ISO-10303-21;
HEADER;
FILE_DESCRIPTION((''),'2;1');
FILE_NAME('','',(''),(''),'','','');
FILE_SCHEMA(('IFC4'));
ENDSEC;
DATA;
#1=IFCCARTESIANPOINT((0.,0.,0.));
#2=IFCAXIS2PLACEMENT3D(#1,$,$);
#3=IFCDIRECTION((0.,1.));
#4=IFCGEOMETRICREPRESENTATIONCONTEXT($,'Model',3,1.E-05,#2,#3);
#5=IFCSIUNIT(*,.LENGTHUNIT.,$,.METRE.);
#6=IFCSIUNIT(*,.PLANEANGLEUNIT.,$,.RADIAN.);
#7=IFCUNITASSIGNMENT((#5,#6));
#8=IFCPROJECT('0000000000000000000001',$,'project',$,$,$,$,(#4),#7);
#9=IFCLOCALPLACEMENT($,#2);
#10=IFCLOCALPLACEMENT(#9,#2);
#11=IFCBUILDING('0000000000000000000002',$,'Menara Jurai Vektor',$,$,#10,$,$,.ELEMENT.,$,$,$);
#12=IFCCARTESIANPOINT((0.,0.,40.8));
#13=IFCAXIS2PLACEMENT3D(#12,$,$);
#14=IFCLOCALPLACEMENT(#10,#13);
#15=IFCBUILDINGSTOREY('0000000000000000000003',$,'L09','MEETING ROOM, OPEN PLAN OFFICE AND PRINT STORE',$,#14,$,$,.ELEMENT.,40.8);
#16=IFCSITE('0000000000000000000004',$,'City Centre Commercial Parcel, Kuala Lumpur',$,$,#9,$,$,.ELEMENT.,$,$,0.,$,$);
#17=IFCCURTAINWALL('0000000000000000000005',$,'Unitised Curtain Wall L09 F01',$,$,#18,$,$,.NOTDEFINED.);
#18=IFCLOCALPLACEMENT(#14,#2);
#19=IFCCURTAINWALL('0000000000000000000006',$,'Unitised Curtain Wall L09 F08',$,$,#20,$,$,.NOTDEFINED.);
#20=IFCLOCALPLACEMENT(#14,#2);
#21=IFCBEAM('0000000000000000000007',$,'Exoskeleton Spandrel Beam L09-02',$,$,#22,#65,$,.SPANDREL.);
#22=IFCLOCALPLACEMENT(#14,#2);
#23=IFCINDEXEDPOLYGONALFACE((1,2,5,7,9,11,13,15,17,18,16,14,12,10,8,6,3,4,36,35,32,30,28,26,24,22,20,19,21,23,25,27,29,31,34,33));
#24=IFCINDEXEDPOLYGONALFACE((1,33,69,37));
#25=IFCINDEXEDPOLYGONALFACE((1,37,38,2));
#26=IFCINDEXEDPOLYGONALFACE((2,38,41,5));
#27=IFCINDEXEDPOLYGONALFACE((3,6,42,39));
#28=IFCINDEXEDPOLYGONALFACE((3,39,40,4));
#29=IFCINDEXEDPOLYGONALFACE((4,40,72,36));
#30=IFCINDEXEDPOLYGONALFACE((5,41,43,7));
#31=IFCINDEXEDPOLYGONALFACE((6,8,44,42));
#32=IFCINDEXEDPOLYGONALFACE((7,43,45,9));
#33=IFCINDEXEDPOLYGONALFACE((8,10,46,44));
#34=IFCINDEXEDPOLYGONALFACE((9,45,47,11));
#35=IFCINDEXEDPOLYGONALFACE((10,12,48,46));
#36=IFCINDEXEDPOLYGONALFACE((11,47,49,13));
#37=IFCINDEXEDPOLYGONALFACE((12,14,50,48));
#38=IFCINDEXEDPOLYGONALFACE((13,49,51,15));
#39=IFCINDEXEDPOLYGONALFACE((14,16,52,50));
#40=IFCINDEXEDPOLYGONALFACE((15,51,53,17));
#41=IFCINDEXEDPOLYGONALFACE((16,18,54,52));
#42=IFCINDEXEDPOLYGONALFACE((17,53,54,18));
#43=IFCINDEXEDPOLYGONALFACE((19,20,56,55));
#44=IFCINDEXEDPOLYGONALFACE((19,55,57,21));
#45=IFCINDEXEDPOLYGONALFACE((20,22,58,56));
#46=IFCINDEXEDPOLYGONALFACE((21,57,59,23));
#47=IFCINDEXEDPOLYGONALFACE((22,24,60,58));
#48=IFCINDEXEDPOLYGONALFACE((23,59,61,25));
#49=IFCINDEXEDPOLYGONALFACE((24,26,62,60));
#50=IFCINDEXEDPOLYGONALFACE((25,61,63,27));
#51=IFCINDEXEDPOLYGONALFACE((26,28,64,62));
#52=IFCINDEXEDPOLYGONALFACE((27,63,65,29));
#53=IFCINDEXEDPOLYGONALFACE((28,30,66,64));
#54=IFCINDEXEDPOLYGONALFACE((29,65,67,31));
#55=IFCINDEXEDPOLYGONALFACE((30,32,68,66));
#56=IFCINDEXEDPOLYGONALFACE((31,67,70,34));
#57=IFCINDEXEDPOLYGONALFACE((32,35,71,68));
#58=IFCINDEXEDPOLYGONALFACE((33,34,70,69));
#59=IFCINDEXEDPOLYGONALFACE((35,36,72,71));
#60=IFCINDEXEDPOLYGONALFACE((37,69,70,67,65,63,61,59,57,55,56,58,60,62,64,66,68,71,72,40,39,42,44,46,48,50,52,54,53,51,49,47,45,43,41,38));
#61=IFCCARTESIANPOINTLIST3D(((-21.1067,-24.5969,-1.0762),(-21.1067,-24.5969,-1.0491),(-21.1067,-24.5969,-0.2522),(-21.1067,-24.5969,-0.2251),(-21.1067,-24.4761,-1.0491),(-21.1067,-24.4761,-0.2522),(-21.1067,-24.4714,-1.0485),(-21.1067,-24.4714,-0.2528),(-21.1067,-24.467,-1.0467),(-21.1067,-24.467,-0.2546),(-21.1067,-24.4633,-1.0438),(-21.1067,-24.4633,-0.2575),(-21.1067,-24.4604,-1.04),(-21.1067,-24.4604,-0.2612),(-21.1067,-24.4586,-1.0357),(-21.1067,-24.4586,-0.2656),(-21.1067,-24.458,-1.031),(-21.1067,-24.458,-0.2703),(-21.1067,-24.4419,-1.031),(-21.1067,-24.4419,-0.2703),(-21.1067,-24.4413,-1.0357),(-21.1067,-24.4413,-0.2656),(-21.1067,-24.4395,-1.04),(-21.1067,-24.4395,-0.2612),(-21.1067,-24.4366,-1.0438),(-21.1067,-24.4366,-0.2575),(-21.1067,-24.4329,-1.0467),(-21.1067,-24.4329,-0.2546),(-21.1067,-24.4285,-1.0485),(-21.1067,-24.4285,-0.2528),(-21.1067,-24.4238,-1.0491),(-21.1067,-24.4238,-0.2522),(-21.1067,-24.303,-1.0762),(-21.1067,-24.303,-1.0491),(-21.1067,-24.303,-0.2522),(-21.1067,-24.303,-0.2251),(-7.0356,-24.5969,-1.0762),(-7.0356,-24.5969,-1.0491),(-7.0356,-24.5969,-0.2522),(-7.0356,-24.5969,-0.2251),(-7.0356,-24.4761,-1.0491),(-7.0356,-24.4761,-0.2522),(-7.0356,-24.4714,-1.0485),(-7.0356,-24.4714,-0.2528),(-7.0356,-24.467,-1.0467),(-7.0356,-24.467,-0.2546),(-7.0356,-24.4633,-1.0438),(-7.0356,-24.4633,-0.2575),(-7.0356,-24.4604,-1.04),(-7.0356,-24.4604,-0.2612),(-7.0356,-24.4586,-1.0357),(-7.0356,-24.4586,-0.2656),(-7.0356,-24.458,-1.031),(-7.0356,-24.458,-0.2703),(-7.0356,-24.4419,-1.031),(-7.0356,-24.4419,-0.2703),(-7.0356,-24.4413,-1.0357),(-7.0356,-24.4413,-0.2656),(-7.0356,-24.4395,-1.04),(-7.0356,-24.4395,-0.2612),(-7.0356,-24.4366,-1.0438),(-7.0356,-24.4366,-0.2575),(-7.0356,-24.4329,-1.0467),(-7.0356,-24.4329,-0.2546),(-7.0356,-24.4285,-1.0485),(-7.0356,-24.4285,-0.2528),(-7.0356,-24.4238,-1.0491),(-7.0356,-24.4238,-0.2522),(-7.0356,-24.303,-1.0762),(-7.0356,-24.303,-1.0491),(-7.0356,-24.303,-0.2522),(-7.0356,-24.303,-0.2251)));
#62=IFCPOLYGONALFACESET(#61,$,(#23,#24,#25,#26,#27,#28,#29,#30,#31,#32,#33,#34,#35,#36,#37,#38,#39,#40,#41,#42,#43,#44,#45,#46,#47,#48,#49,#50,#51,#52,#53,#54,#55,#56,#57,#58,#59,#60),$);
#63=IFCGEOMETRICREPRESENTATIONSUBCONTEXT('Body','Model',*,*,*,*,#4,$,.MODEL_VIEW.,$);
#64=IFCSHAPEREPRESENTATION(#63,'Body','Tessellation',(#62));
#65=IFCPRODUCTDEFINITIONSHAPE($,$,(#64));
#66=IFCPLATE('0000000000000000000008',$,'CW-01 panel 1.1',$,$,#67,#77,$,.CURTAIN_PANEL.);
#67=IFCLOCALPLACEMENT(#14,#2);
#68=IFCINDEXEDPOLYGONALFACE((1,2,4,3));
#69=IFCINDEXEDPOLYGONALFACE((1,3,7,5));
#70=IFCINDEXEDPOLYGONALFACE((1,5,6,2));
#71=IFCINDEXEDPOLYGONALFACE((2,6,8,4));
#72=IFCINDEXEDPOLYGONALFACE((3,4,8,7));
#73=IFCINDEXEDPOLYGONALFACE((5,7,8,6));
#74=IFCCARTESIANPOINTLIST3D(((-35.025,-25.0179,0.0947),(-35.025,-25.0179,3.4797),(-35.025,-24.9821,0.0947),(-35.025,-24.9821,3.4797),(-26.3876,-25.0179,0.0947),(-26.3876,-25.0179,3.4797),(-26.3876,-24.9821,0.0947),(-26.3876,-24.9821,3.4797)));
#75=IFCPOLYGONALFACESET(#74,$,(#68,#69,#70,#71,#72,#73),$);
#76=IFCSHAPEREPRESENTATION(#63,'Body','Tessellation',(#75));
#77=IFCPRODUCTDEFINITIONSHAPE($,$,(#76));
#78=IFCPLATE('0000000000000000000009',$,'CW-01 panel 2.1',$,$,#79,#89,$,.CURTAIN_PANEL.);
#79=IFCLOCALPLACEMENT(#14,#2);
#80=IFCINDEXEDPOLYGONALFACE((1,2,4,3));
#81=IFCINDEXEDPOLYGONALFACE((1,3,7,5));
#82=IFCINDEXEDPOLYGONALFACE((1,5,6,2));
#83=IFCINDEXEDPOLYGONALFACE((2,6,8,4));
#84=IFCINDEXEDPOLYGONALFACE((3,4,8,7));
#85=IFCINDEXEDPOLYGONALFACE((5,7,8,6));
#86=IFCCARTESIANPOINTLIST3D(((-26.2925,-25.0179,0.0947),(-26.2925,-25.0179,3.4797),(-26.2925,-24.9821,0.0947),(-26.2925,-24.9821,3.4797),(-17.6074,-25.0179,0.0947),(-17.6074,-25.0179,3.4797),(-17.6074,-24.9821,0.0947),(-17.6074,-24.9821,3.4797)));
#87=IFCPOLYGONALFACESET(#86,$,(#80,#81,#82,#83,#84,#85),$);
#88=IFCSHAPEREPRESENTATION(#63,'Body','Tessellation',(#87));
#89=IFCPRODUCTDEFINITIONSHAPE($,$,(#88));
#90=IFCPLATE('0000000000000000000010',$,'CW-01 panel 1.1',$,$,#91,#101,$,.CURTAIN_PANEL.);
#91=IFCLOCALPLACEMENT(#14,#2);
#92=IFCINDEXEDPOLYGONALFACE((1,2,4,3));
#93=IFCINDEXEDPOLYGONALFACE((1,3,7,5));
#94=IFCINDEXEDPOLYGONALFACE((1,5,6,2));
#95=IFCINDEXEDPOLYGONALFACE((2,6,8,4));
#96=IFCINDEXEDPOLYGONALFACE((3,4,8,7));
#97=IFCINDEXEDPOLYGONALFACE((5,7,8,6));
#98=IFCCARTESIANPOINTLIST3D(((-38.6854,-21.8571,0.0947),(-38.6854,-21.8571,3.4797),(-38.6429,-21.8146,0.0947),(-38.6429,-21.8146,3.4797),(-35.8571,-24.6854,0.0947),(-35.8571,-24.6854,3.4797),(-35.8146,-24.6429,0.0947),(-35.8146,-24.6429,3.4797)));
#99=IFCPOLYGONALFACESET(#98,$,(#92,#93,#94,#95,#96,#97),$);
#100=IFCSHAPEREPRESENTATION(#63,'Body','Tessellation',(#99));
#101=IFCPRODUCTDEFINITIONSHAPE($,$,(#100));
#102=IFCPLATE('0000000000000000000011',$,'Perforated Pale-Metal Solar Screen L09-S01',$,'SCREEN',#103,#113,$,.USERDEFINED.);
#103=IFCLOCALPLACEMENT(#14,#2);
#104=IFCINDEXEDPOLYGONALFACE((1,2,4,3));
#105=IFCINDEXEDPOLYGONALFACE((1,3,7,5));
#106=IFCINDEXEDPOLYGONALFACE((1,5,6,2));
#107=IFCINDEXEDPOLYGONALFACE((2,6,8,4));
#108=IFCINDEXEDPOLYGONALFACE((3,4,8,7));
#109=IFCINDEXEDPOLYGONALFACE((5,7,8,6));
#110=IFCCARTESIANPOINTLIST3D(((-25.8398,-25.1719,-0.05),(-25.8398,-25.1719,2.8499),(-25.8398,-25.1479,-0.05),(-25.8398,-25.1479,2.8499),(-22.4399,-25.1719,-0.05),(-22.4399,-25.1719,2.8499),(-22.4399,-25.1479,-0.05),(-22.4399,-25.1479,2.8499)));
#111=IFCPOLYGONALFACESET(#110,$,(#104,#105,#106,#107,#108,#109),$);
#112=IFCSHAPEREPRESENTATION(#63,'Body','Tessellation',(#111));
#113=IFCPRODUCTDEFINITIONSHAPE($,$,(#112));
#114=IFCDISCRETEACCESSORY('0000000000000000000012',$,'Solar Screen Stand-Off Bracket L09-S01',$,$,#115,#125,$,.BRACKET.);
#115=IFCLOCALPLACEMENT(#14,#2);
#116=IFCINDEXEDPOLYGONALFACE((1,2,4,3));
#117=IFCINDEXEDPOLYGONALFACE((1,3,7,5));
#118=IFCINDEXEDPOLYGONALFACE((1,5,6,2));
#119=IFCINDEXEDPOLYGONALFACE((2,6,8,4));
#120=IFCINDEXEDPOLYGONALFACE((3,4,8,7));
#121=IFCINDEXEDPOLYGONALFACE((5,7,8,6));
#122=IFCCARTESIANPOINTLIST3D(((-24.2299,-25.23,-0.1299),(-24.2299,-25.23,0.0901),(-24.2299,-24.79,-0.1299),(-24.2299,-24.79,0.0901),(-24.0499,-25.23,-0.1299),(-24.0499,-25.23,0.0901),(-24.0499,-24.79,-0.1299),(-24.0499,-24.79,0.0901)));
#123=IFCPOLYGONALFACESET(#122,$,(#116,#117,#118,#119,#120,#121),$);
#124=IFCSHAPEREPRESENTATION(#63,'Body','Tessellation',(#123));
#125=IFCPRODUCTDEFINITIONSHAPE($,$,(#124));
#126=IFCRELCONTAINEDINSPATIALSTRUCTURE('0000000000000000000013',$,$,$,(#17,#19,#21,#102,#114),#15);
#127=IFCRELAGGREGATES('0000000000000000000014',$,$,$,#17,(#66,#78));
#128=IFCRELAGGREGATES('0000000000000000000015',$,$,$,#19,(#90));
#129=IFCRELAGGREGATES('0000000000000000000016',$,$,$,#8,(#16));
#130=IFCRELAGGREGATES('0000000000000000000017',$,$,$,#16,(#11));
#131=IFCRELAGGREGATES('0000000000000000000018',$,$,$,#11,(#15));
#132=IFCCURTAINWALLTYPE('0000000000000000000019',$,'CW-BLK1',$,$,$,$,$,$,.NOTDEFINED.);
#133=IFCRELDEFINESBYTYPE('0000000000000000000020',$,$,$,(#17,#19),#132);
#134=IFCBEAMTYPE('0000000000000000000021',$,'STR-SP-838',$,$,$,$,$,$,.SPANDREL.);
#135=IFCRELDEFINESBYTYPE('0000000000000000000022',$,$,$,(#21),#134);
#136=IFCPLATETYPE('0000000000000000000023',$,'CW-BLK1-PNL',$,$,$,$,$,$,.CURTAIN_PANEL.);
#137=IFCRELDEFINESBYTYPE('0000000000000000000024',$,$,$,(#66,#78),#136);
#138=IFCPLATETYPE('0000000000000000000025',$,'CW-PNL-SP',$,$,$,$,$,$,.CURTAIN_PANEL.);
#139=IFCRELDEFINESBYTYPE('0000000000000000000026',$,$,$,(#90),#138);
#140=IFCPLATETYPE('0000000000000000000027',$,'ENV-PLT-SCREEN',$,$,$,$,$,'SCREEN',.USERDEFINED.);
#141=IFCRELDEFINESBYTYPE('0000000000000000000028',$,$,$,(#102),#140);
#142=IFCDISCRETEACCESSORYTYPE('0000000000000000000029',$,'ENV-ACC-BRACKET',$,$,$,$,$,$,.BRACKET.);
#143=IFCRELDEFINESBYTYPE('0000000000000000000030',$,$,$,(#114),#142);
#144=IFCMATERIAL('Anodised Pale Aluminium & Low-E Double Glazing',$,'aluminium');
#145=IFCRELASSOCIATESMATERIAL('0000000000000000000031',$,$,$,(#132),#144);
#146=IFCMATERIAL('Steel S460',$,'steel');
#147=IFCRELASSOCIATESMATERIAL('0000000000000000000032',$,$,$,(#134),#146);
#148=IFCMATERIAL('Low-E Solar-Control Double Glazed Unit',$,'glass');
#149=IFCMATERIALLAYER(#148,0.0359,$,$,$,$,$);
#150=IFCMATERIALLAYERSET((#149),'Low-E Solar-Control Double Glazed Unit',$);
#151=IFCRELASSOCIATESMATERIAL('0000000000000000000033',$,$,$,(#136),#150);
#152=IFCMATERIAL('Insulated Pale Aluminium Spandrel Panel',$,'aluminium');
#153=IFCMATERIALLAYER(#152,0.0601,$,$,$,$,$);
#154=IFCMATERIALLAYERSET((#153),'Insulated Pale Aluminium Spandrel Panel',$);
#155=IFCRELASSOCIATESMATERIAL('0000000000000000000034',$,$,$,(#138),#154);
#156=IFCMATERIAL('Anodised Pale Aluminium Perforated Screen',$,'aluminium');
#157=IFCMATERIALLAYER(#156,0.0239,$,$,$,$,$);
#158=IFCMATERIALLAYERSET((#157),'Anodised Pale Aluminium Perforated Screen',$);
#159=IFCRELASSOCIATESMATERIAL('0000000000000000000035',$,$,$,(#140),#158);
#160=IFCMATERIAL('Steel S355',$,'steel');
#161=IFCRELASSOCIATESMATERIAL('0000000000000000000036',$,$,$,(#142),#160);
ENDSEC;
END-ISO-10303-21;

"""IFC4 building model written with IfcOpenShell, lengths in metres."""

from ifc_helpers import new_model, si_unit, direction, frame, origin, origin_2d, place, context, subcontext, project, spatial, rectangle, i_section, extrude, material, layer, layer_set, material_profile, profile_set, type_object, element, aggregate, save


model = new_model("IFC4")

# Units and contexts
model_context = context("Model", 3, precision=1e-05, world=origin(), true_north=direction((0.0, 1.0)))
body_context = subcontext(model_context, "Body", "Model", "MODEL_VIEW")
ifc_project = project(units=[si_unit("LENGTHUNIT", "METRE"), si_unit("PLANEANGLEUNIT", "RADIAN")], contexts=[model_context])

# Site, building, storey
site_placement = place(None, origin())
site = spatial("IfcSite", under=ifc_project, at=site_placement, Name="City Centre Commercial Parcel, Kuala Lumpur", CompositionType="ELEMENT", RefElevation=0.0)
building_placement = place(site_placement, origin())
building = spatial("IfcBuilding", under=site, at=building_placement, Name="Menara Jurai Vektor", CompositionType="ELEMENT")
storey_placement = place(building_placement, frame((0.0, 0.0, 40.8)))
storey = spatial("IfcBuildingStorey", under=building, at=storey_placement, Name="L09", Description="MEETING ROOM, OPEN PLAN OFFICE AND PRINT STORE", CompositionType="ELEMENT", Elevation=40.8)

# Shared definitions
ifc_material_1 = material(Name="Steel S460", Category="steel")

# Curtain wall
ifc_material_2 = material(Name="Anodised Pale Aluminium & Low-E Double Glazing", Category="aluminium")
curtain_wall_type = type_object("IfcCurtainWallType", Name="CW-BLK1", PredefinedType="NOTDEFINED", material=ifc_material_2)
curtain_wall_1_placement = place(storey_placement, origin())
curtain_wall_1 = element("IfcCurtainWall", 1, at=curtain_wall_1_placement, inside=storey, type_object=curtain_wall_type, Name="Unitised Curtain Wall L09 F01", PredefinedType="NOTDEFINED")

# Curtain wall
curtain_wall_2_placement = place(storey_placement, origin())
curtain_wall_2 = element("IfcCurtainWall", 2, at=curtain_wall_2_placement, inside=storey, type_object=curtain_wall_type, Name="Unitised Curtain Wall L09 F08", PredefinedType="NOTDEFINED")

# Shared definitions
ifc_material_3 = material(Name="Steel S355", Category="steel")

# Beam
ifc_material_profile_1 = material_profile(ifc_material_1, i_section(OverallWidth=0.2939, OverallDepth=0.8511, WebThickness=0.0161, FlangeThickness=0.0271, FilletRadius=0.0181, at=origin_2d()), Name="UKB 838x292x226")
ifc_profile_set_1 = profile_set([ifc_material_profile_1], Name="Steel S460")
beam_type_1 = type_object("IfcBeamType", Name="STR-SP-838", PredefinedType="SPANDREL", material=ifc_profile_set_1)
for number, where, z_axis, x_axis, name in (
    (3, (-21.1067, -24.45, -0.6506), (1.0, 0.0, 0.0), (0.0, 1.0, 0.0), "Exoskeleton Spandrel Beam L09-02"),
):
    element("IfcBeam", number, at=place(storey_placement, frame(where, z_axis=z_axis, x_axis=x_axis)), inside=storey, type_object=beam_type_1, Name=name, PredefinedType="SPANDREL", context=body_context, shape_type="SweptSolid", body=[
        extrude(i_section(OverallWidth=0.2939, OverallDepth=0.8511, WebThickness=0.0161, FlangeThickness=0.0271, FilletRadius=0.0181, at=origin_2d()), origin(), (0.0, 0.0, 1.0), 14.071),
    ])

# Plates
ifc_material_4 = material(Name="Low-E Solar-Control Double Glazed Unit", Category="glass")
ifc_layer_1 = layer(ifc_material_4, 0.0359)
ifc_layer_set_1 = layer_set([ifc_layer_1], Name="Low-E Solar-Control Double Glazed Unit")
plate_type_1 = type_object("IfcPlateType", Name="CW-BLK1-PNL", PredefinedType="CURTAIN_PANEL", material=ifc_layer_set_1)
plate_1_placement = place(storey_placement, frame((-30.7063, -25.0, 0.0947), z_axis=(0.0, 0.0, 1.0), x_axis=(1.0, 0.0, 0.0)))
plate_1 = element("IfcPlate", 4, at=plate_1_placement, type_object=plate_type_1, Name="CW-01 panel 1.1", PredefinedType="CURTAIN_PANEL", context=body_context, shape_type="SweptSolid", body=[
    extrude(rectangle(XDim=8.6375, YDim=0.0359, at=origin_2d()), origin(), (0.0, 0.0, 1.0), 3.385),
])
plate_2_placement = place(storey_placement, frame((-21.95, -25.0, 0.0947), z_axis=(0.0, 0.0, 1.0), x_axis=(1.0, 0.0, 0.0)))
plate_2 = element("IfcPlate", 5, at=plate_2_placement, type_object=plate_type_1, Name="CW-01 panel 2.1", PredefinedType="CURTAIN_PANEL", context=body_context, shape_type="SweptSolid", body=[
    extrude(rectangle(XDim=8.6851, YDim=0.0359, at=origin_2d()), origin(), (0.0, 0.0, 1.0), 3.385),
])
aggregate(curtain_wall_1, [plate_1, plate_2])
ifc_material_5 = material(Name="Insulated Pale Aluminium Spandrel Panel", Category="aluminium")
ifc_layer_2 = layer(ifc_material_5, 0.0601)
ifc_layer_set_2 = layer_set([ifc_layer_2], Name="Insulated Pale Aluminium Spandrel Panel")
plate_type_2 = type_object("IfcPlateType", Name="CW-PNL-SP", PredefinedType="CURTAIN_PANEL", material=ifc_layer_set_2)
plate_3_placement = place(storey_placement, frame((-37.25, -23.25, 0.0947), z_axis=(0.0, 0.0, 1.0), x_axis=(0.707107, -0.707107, 0.0)))
plate_3 = element("IfcPlate", 6, at=plate_3_placement, type_object=plate_type_2, Name="CW-01 panel 1.1", PredefinedType="CURTAIN_PANEL", context=body_context, shape_type="SweptSolid", body=[
    extrude(rectangle(XDim=3.9998, YDim=0.0601, at=origin_2d()), origin(), (0.0, 0.0, 1.0), 3.385),
])
aggregate(curtain_wall_2, [plate_3])
ifc_material_6 = material(Name="Anodised Pale Aluminium Perforated Screen", Category="aluminium")
ifc_layer_3 = layer(ifc_material_6, 0.0239)
ifc_layer_set_3 = layer_set([ifc_layer_3], Name="Anodised Pale Aluminium Perforated Screen")
plate_type_3 = type_object("IfcPlateType", Name="ENV-PLT-SCREEN", ElementType="SCREEN", PredefinedType="USERDEFINED", material=ifc_layer_set_3)
plate_4_placement = place(storey_placement, frame((-24.1399, -25.1599, -0.05), z_axis=(0.0, 0.0, 1.0), x_axis=(1.0, 0.0, 0.0)))
element("IfcPlate", 7, at=plate_4_placement, inside=storey, type_object=plate_type_3, Name="Perforated Pale-Metal Solar Screen L09-S01", ObjectType="SCREEN", PredefinedType="USERDEFINED", context=body_context, shape_type="SweptSolid", body=[
    extrude(rectangle(XDim=3.3999, YDim=0.0239, at=origin_2d()), origin(), (0.0, 0.0, 1.0), 2.8999),
])

# Discrete accessory
discrete_accessory_type = type_object("IfcDiscreteAccessoryType", Name="ENV-ACC-BRACKET", PredefinedType="BRACKET", material=ifc_material_3)
discrete_accessory_placement = place(storey_placement, frame((-24.1399, -25.01, -0.1299), z_axis=(0.0, 0.0, 1.0), x_axis=(1.0, 0.0, 0.0)))
element("IfcDiscreteAccessory", 8, at=discrete_accessory_placement, inside=storey, type_object=discrete_accessory_type, Name="Solar Screen Stand-Off Bracket L09-S01", PredefinedType="BRACKET", context=body_context, shape_type="SweptSolid", body=[
    extrude(rectangle(XDim=0.1799, YDim=0.4399, at=origin_2d()), origin(), (0.0, 0.0, 1.0), 0.22),
])

save(model, "model.ifc")
